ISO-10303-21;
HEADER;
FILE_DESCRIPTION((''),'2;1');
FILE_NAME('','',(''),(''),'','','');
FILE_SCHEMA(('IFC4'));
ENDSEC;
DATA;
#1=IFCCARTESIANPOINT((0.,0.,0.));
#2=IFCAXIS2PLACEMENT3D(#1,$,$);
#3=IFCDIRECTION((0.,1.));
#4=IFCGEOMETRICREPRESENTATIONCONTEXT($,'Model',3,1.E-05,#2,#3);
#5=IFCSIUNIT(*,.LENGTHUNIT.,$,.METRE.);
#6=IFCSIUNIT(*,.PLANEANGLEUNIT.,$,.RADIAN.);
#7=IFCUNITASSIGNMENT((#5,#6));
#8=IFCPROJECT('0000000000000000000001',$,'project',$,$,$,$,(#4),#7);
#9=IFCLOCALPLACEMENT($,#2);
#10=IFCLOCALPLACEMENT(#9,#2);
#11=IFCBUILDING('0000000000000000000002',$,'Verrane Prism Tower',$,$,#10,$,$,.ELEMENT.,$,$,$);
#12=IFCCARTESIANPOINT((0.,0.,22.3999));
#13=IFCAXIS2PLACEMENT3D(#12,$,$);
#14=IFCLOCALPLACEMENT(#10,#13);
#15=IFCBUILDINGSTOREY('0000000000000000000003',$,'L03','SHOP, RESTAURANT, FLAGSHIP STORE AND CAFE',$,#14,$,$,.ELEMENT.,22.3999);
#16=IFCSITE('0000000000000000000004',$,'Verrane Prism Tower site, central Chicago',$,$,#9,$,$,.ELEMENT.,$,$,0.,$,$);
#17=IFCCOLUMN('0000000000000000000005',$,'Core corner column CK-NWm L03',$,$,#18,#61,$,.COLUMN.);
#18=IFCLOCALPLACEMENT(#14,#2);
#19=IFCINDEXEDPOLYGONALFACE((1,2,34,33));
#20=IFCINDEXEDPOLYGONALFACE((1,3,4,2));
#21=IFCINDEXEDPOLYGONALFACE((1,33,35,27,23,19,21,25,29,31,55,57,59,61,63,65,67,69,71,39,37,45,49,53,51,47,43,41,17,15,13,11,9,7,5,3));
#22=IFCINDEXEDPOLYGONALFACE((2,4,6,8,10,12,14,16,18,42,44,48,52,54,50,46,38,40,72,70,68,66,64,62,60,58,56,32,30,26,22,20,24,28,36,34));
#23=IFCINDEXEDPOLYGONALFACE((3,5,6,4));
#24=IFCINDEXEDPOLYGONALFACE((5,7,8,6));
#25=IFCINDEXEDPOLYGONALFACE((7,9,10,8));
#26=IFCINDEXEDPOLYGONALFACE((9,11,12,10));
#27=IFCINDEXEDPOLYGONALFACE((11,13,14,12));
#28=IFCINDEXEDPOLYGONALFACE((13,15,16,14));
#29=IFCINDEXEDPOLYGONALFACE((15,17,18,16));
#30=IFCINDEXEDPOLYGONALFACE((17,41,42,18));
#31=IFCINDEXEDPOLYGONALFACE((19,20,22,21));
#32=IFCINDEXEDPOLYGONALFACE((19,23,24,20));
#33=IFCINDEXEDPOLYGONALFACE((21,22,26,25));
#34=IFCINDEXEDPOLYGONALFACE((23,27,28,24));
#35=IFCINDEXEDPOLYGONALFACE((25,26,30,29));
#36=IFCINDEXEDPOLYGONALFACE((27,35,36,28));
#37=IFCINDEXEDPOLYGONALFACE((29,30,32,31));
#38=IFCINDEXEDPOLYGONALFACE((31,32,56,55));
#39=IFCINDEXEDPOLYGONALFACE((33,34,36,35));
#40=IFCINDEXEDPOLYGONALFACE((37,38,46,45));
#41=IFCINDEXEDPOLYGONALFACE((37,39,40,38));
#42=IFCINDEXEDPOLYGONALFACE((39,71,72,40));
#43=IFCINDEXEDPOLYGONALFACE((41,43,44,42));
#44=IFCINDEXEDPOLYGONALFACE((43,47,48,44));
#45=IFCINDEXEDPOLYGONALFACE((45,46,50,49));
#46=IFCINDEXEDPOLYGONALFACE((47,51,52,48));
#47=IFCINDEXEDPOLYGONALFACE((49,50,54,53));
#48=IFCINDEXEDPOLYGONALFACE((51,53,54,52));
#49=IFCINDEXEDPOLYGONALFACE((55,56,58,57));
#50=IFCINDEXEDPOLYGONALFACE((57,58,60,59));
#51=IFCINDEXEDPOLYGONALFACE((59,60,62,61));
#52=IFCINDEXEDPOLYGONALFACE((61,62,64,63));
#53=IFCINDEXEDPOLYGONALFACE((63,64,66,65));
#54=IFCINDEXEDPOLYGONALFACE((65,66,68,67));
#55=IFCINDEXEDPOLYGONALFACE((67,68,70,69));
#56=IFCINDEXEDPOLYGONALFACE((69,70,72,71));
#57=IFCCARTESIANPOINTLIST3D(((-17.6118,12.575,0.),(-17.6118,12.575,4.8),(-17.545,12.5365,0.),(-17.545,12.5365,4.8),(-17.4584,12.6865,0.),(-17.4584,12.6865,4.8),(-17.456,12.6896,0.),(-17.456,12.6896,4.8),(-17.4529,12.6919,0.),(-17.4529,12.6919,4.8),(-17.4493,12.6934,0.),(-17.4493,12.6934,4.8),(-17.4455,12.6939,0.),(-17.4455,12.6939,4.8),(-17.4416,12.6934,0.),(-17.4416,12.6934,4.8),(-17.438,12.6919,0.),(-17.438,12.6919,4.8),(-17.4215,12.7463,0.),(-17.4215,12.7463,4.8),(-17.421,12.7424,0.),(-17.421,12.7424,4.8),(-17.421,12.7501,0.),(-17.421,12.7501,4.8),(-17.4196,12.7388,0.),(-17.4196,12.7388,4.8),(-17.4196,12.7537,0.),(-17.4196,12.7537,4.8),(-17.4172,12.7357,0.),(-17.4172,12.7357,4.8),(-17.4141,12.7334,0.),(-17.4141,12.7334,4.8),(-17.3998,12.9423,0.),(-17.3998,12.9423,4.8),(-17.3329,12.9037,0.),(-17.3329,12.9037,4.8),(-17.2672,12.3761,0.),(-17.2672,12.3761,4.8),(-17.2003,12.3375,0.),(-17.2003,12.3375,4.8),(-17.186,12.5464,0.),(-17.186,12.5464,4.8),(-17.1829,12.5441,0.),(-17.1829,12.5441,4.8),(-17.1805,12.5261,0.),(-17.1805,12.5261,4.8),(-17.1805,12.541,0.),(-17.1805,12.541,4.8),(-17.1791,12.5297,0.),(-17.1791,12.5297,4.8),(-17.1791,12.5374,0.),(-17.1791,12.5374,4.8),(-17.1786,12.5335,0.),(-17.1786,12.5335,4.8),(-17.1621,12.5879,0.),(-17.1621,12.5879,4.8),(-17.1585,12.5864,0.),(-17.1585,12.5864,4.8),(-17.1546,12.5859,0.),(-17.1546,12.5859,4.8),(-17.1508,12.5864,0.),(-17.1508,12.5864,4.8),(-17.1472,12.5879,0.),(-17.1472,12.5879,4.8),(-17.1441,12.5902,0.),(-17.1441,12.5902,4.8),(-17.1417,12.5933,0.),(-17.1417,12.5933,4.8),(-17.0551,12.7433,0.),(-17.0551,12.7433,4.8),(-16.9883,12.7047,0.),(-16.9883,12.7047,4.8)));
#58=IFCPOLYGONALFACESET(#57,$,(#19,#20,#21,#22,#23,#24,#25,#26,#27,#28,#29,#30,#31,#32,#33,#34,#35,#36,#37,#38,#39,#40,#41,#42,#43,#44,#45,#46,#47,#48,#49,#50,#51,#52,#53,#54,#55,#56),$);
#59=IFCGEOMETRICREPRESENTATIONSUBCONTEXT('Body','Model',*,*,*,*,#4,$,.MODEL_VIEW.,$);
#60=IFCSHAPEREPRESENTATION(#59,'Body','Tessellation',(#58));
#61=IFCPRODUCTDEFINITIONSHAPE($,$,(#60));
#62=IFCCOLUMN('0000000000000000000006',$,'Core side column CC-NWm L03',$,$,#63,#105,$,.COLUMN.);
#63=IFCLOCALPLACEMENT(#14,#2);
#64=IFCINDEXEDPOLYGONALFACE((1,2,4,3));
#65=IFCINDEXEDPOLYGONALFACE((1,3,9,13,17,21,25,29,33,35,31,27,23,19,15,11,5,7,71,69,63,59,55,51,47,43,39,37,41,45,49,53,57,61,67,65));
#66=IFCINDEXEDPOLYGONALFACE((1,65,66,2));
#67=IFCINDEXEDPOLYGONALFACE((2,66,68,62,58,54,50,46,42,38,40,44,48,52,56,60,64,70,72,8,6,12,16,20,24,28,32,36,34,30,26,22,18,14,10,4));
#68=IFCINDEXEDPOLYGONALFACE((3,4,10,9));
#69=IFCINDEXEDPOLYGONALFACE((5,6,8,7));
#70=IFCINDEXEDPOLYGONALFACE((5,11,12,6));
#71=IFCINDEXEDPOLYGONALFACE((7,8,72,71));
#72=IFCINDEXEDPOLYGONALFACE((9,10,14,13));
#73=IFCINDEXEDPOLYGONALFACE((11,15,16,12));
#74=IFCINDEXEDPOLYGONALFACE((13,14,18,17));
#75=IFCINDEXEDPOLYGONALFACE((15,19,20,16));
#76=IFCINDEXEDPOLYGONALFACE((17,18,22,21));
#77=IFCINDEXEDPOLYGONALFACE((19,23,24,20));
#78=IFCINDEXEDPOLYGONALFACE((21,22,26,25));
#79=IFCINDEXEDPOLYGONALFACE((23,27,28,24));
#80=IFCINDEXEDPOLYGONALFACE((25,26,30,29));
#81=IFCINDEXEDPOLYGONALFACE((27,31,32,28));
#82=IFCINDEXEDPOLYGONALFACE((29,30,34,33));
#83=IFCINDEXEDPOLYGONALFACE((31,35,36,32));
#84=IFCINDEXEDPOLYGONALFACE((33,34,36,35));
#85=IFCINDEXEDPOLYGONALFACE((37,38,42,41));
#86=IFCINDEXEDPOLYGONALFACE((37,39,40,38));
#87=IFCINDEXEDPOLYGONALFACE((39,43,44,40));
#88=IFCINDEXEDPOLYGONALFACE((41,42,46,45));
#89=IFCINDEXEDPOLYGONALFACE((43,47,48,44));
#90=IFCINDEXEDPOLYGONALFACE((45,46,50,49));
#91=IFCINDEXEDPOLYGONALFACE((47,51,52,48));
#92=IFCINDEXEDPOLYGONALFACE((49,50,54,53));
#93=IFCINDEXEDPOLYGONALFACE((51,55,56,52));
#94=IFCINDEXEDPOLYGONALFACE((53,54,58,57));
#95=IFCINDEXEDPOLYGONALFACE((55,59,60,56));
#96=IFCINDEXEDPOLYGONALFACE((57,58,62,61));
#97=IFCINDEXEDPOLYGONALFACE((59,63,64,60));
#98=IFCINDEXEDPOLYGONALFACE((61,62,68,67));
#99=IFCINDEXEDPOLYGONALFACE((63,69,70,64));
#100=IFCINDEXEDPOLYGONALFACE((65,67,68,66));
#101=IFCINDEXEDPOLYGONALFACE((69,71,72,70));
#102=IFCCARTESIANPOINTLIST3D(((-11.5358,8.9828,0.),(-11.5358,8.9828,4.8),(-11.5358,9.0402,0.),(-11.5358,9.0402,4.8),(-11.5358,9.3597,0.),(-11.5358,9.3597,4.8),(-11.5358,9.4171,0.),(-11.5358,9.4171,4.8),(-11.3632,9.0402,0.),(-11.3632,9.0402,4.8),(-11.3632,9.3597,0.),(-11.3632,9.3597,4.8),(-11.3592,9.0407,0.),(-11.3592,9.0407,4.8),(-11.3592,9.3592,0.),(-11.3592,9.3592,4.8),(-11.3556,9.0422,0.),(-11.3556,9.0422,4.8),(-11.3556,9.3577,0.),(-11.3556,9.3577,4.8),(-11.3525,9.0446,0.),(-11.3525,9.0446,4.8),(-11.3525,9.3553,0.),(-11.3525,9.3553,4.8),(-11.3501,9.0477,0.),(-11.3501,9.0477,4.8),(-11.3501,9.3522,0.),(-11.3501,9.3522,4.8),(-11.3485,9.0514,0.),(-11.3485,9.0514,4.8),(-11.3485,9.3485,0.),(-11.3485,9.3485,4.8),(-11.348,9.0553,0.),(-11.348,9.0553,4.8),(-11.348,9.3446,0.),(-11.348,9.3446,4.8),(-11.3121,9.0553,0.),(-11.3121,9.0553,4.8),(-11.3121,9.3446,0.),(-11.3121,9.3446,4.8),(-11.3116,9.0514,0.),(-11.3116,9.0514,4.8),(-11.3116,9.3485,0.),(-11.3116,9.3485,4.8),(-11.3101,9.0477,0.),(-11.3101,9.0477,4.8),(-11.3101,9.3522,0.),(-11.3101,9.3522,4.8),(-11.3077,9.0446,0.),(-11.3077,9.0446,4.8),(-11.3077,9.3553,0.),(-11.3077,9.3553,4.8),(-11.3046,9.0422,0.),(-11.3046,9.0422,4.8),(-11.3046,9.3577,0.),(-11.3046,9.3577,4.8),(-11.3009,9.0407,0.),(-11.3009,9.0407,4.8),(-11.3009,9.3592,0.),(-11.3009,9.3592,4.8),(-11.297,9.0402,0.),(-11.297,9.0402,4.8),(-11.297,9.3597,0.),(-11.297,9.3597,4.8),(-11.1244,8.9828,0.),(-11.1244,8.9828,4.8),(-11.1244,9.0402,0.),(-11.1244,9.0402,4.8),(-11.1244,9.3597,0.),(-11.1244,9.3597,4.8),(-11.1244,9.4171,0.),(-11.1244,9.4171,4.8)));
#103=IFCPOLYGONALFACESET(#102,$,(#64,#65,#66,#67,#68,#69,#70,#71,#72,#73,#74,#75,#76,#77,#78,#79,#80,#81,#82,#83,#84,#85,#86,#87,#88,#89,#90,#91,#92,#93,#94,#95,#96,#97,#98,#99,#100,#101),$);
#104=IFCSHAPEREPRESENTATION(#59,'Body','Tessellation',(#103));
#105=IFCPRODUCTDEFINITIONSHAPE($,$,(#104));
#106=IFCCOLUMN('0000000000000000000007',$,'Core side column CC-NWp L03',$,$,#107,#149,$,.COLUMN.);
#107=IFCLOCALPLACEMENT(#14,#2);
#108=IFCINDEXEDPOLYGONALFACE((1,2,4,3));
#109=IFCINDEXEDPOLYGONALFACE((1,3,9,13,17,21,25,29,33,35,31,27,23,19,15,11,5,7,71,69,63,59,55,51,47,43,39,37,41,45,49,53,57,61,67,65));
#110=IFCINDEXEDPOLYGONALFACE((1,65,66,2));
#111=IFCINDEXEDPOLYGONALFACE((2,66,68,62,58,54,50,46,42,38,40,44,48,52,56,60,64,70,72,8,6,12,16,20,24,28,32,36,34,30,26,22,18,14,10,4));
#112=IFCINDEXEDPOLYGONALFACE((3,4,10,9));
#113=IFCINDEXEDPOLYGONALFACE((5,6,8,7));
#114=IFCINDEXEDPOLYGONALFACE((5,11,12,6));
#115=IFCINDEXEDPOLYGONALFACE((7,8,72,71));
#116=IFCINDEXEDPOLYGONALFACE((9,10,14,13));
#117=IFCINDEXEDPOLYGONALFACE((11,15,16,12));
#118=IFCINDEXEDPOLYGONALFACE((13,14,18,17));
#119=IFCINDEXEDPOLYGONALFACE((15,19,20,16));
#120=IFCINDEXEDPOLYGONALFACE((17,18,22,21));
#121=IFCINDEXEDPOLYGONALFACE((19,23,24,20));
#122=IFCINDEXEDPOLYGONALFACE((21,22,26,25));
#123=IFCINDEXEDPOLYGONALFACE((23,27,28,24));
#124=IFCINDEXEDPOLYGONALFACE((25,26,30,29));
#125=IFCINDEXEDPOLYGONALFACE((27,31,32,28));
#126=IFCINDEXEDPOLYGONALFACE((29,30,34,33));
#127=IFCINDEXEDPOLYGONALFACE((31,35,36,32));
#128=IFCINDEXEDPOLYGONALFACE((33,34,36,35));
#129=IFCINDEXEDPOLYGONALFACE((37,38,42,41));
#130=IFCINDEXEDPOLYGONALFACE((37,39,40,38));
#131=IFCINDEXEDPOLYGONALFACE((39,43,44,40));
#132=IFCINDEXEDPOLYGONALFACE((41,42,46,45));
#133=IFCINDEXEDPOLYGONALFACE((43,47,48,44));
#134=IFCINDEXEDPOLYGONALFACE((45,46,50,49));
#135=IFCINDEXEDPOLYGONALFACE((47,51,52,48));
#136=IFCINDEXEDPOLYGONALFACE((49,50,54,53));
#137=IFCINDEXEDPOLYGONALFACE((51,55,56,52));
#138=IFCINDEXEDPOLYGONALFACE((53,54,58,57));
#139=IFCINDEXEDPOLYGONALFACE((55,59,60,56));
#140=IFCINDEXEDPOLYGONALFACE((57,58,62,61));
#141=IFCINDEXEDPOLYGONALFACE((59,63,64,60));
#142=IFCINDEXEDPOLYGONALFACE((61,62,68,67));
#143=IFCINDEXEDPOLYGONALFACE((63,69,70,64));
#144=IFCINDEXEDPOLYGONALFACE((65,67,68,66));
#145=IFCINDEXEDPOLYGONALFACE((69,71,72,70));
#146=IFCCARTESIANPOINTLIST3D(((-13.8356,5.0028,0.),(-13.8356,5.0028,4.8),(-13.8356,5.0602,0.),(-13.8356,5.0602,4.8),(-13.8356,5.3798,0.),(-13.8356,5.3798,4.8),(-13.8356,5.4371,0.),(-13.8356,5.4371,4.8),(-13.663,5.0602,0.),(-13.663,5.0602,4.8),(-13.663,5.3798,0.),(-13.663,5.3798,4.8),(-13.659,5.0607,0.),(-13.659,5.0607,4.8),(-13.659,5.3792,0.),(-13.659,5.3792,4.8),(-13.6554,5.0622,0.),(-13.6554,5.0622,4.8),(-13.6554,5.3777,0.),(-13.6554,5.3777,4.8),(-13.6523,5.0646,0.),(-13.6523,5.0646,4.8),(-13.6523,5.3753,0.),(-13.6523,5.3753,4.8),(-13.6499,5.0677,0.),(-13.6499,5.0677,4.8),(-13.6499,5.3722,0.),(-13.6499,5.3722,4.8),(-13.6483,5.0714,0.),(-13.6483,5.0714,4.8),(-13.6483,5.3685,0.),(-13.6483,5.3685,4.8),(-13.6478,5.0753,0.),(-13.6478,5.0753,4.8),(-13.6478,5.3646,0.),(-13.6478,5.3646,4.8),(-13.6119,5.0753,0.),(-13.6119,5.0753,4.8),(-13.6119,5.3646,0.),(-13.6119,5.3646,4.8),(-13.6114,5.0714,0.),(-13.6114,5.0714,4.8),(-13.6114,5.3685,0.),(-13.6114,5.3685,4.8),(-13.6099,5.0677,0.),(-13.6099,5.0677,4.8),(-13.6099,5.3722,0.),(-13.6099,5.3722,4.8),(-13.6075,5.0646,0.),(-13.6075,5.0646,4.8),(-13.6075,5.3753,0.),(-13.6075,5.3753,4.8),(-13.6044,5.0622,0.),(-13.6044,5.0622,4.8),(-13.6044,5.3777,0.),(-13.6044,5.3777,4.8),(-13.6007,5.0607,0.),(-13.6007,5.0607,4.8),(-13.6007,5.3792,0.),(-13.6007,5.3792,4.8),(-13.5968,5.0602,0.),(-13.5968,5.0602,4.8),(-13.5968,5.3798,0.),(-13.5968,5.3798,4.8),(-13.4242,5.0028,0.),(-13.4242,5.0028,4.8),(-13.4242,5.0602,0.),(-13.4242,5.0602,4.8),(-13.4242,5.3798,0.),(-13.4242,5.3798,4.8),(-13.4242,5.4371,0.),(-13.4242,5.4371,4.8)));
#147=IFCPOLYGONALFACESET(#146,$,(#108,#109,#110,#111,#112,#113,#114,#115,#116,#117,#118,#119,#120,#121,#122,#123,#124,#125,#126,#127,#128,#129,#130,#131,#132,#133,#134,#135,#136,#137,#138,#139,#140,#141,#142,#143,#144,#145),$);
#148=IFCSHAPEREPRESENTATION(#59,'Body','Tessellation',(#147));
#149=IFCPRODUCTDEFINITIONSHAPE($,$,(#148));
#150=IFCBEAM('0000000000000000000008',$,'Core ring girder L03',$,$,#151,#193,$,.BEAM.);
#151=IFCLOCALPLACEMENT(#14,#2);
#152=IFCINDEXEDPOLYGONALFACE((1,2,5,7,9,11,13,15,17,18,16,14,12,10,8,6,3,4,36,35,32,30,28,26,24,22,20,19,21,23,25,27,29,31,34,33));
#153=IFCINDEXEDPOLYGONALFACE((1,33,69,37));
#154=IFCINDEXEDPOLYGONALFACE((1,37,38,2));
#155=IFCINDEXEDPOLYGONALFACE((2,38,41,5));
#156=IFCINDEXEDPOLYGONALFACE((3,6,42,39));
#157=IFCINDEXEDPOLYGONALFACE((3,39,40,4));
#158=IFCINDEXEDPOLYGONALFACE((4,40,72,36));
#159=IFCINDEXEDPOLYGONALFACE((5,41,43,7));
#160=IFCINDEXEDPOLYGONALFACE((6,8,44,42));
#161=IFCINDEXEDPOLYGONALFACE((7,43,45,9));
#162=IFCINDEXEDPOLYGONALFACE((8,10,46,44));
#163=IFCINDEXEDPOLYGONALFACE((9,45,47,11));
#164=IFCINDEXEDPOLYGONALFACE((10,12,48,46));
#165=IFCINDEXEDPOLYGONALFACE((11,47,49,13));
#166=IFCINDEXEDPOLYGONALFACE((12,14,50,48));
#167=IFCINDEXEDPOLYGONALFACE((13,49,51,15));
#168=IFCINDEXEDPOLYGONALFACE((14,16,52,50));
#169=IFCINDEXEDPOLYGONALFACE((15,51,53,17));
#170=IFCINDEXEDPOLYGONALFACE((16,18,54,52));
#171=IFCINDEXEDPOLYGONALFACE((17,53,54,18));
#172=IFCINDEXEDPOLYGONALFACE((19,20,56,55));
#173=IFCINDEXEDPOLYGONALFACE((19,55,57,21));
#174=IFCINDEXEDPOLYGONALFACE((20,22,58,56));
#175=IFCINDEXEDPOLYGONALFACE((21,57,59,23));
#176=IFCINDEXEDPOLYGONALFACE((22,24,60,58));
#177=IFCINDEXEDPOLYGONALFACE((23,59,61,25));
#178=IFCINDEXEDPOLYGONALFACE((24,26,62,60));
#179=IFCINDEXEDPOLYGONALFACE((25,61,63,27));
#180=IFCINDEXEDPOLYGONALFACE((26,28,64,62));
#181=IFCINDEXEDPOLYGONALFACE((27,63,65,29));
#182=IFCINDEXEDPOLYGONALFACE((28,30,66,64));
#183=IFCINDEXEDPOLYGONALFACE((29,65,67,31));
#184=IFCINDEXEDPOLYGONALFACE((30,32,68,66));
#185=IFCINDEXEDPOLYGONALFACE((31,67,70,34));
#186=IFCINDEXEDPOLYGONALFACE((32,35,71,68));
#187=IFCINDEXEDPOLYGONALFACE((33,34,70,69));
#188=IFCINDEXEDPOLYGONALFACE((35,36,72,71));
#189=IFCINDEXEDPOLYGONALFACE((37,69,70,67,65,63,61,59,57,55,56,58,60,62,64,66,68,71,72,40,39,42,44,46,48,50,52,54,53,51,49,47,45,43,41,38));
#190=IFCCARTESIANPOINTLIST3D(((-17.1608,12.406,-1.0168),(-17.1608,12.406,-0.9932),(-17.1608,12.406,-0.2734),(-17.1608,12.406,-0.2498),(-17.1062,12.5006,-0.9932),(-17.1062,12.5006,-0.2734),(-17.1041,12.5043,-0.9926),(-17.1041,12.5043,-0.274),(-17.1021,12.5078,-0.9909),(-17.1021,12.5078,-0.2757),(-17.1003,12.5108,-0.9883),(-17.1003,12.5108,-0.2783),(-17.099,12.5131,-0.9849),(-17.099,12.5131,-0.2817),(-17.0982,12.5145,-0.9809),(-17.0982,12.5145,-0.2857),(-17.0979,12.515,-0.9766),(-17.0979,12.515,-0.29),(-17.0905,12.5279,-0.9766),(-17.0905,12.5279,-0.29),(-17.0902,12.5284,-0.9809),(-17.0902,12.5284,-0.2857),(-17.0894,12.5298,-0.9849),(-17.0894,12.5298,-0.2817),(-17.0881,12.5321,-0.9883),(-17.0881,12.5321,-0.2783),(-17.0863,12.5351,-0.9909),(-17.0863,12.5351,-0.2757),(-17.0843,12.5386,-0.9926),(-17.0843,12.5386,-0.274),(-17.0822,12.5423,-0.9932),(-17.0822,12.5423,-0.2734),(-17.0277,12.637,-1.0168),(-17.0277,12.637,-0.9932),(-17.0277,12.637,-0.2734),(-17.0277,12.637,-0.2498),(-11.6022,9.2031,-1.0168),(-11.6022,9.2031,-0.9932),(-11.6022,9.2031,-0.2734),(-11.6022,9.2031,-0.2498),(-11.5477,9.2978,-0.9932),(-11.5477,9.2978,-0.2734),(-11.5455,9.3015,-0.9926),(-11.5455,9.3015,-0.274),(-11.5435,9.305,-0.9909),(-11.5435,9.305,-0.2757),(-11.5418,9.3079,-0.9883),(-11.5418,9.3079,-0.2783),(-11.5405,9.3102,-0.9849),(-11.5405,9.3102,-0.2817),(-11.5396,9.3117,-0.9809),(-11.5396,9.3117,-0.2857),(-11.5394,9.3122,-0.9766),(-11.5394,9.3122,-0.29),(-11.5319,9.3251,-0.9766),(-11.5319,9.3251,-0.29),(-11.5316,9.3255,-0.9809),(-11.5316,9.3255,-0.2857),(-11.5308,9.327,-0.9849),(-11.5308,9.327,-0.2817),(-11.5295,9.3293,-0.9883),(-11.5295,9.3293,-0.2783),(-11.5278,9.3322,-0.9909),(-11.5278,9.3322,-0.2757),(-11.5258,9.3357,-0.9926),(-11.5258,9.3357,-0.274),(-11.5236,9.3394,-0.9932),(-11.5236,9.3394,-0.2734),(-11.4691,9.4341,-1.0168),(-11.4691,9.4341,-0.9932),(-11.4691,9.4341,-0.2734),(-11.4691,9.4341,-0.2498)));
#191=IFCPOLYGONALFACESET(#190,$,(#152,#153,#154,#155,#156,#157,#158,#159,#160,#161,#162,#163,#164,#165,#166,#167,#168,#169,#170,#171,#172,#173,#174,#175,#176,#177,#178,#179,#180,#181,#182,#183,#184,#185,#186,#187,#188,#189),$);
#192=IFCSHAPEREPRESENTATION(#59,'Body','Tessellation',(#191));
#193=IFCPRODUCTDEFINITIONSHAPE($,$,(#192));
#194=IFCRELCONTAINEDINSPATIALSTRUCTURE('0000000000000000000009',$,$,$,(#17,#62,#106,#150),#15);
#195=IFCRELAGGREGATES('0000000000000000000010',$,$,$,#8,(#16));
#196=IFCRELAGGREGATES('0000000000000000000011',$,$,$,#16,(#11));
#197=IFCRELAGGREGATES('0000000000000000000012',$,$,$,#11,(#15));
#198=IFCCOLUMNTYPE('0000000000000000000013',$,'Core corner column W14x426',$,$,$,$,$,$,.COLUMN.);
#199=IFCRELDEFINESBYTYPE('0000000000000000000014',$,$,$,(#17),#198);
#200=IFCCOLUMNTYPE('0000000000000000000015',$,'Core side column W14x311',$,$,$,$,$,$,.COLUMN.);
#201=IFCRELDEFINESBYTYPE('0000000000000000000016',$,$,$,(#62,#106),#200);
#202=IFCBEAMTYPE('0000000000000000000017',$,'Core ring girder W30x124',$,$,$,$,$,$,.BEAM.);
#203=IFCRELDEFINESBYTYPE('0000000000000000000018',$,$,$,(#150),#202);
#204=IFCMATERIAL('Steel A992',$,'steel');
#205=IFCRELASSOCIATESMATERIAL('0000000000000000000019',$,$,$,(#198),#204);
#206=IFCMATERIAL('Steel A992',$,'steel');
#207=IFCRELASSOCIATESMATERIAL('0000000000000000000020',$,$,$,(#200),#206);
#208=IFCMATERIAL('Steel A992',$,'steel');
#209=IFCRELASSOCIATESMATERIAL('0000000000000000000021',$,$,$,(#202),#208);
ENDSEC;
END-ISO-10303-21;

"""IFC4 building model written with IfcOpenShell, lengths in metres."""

from ifc_helpers import new_model, si_unit, direction, frame, origin, origin_2d, place, context, subcontext, project, spatial, i_section, extrude, material, material_profile, profile_set, type_object, element, save


model = new_model("IFC4")

# Units and contexts
model_context = context("Model", 3, precision=1e-05, world=origin(), true_north=direction((0.0, 1.0)))
body_context = subcontext(model_context, "Body", "Model", "MODEL_VIEW")
ifc_project = project(units=[si_unit("LENGTHUNIT", "METRE"), si_unit("PLANEANGLEUNIT", "RADIAN")], contexts=[model_context])

# Site, building, storey
site_placement = place(None, origin())
site = spatial("IfcSite", under=ifc_project, at=site_placement, Name="Verrane Prism Tower site, central Chicago", CompositionType="ELEMENT", RefElevation=0.0)
building_placement = place(site_placement, origin())
building = spatial("IfcBuilding", under=site, at=building_placement, Name="Verrane Prism Tower", CompositionType="ELEMENT")
storey_placement = place(building_placement, frame((0.0, 0.0, 22.3999)))
storey = spatial("IfcBuildingStorey", under=building, at=storey_placement, Name="L03", Description="SHOP, RESTAURANT, FLAGSHIP STORE AND CAFE", CompositionType="ELEMENT", Elevation=22.3999)

# Columns
ifc_material_1 = material(Name="Steel A992", Category="steel")
ifc_material_profile_1 = material_profile(ifc_material_1, i_section(OverallWidth=0.4241, OverallDepth=0.4751, WebThickness=0.0479, FlangeThickness=0.0771, FilletRadius=0.0149, at=origin_2d()), Name="W14x426")
ifc_profile_set_1 = profile_set([ifc_material_profile_1], Name="Steel A992")
column_type_1 = type_object("IfcColumnType", Name="Core corner column W14x426", PredefinedType="COLUMN", material=ifc_profile_set_1)
column_placement = place(storey_placement, frame((-17.3, 12.6399, 0.0), z_axis=(0.0, 0.0, 1.0), x_axis=(0.5, 0.866025, 0.0)))
element("IfcColumn", 1, at=column_placement, inside=storey, type_object=column_type_1, Name="Core corner column CK-NWm L03", PredefinedType="COLUMN", context=body_context, shape_type="SweptSolid", body=[
    extrude(i_section(OverallWidth=0.4241, OverallDepth=0.4751, WebThickness=0.0479, FlangeThickness=0.0771, FilletRadius=0.0149, at=origin_2d()), origin(), (0.0, 0.0, 1.0), 4.8),
])
ifc_material_2 = material(Name="Steel A992", Category="steel")
ifc_material_profile_2 = material_profile(ifc_material_2, i_section(OverallWidth=0.4114, OverallDepth=0.4343, WebThickness=0.0359, FlangeThickness=0.0574, FilletRadius=0.0151, at=origin_2d()), Name="W14x311")
ifc_profile_set_2 = profile_set([ifc_material_profile_2], Name="Steel A992")
column_type_2 = type_object("IfcColumnType", Name="Core side column W14x311", PredefinedType="COLUMN", material=ifc_profile_set_2)
for number, where, z_axis, x_axis, name in (
    (2, (-11.3301, 9.2, 0.0), (0.0, 0.0, 1.0), (1.0, 0.0, 0.0), "Core side column CC-NWm L03"),
    (3, (-13.6299, 5.22, 0.0), (0.0, 0.0, 1.0), (1.0, 0.0, 0.0), "Core side column CC-NWp L03"),
):
    element("IfcColumn", number, at=place(storey_placement, frame(where, z_axis=z_axis, x_axis=x_axis)), inside=storey, type_object=column_type_2, Name=name, PredefinedType="COLUMN", context=body_context, shape_type="SweptSolid", body=[
        extrude(i_section(OverallWidth=0.4114, OverallDepth=0.4343, WebThickness=0.0359, FlangeThickness=0.0574, FilletRadius=0.0151, at=origin_2d()), origin(), (0.0, 0.0, 1.0), 4.8),
    ])

# Beam
ifc_material_3 = material(Name="Steel A992", Category="steel")
ifc_material_profile_3 = material_profile(ifc_material_3, i_section(OverallWidth=0.2666, OverallDepth=0.7671, WebThickness=0.0149, FlangeThickness=0.0237, FilletRadius=0.0166, at=origin_2d()), Name="W30x124")
ifc_profile_set_3 = profile_set([ifc_material_profile_3], Name="Steel A992")
beam_type_1 = type_object("IfcBeamType", Name="Core ring girder W30x124", PredefinedType="BEAM", material=ifc_profile_set_3)
beam_1_placement = place(storey_placement, frame((-11.5356, 9.3186, -0.6333), z_axis=(-0.866455, 0.499255, 0.0), x_axis=(-0.499255, -0.866455, 0.0)))
element("IfcBeam", 4, at=beam_1_placement, inside=storey, type_object=beam_type_1, Name="Core ring girder L03", PredefinedType="BEAM", context=body_context, shape_type="SweptSolid", body=[
    extrude(i_section(OverallWidth=0.2666, OverallDepth=0.7671, WebThickness=0.0149, FlangeThickness=0.0237, FilletRadius=0.0166, at=origin_2d()), origin(), (0.0, 0.0, 1.0), 6.4153),
])

save(model, "model.ifc")
